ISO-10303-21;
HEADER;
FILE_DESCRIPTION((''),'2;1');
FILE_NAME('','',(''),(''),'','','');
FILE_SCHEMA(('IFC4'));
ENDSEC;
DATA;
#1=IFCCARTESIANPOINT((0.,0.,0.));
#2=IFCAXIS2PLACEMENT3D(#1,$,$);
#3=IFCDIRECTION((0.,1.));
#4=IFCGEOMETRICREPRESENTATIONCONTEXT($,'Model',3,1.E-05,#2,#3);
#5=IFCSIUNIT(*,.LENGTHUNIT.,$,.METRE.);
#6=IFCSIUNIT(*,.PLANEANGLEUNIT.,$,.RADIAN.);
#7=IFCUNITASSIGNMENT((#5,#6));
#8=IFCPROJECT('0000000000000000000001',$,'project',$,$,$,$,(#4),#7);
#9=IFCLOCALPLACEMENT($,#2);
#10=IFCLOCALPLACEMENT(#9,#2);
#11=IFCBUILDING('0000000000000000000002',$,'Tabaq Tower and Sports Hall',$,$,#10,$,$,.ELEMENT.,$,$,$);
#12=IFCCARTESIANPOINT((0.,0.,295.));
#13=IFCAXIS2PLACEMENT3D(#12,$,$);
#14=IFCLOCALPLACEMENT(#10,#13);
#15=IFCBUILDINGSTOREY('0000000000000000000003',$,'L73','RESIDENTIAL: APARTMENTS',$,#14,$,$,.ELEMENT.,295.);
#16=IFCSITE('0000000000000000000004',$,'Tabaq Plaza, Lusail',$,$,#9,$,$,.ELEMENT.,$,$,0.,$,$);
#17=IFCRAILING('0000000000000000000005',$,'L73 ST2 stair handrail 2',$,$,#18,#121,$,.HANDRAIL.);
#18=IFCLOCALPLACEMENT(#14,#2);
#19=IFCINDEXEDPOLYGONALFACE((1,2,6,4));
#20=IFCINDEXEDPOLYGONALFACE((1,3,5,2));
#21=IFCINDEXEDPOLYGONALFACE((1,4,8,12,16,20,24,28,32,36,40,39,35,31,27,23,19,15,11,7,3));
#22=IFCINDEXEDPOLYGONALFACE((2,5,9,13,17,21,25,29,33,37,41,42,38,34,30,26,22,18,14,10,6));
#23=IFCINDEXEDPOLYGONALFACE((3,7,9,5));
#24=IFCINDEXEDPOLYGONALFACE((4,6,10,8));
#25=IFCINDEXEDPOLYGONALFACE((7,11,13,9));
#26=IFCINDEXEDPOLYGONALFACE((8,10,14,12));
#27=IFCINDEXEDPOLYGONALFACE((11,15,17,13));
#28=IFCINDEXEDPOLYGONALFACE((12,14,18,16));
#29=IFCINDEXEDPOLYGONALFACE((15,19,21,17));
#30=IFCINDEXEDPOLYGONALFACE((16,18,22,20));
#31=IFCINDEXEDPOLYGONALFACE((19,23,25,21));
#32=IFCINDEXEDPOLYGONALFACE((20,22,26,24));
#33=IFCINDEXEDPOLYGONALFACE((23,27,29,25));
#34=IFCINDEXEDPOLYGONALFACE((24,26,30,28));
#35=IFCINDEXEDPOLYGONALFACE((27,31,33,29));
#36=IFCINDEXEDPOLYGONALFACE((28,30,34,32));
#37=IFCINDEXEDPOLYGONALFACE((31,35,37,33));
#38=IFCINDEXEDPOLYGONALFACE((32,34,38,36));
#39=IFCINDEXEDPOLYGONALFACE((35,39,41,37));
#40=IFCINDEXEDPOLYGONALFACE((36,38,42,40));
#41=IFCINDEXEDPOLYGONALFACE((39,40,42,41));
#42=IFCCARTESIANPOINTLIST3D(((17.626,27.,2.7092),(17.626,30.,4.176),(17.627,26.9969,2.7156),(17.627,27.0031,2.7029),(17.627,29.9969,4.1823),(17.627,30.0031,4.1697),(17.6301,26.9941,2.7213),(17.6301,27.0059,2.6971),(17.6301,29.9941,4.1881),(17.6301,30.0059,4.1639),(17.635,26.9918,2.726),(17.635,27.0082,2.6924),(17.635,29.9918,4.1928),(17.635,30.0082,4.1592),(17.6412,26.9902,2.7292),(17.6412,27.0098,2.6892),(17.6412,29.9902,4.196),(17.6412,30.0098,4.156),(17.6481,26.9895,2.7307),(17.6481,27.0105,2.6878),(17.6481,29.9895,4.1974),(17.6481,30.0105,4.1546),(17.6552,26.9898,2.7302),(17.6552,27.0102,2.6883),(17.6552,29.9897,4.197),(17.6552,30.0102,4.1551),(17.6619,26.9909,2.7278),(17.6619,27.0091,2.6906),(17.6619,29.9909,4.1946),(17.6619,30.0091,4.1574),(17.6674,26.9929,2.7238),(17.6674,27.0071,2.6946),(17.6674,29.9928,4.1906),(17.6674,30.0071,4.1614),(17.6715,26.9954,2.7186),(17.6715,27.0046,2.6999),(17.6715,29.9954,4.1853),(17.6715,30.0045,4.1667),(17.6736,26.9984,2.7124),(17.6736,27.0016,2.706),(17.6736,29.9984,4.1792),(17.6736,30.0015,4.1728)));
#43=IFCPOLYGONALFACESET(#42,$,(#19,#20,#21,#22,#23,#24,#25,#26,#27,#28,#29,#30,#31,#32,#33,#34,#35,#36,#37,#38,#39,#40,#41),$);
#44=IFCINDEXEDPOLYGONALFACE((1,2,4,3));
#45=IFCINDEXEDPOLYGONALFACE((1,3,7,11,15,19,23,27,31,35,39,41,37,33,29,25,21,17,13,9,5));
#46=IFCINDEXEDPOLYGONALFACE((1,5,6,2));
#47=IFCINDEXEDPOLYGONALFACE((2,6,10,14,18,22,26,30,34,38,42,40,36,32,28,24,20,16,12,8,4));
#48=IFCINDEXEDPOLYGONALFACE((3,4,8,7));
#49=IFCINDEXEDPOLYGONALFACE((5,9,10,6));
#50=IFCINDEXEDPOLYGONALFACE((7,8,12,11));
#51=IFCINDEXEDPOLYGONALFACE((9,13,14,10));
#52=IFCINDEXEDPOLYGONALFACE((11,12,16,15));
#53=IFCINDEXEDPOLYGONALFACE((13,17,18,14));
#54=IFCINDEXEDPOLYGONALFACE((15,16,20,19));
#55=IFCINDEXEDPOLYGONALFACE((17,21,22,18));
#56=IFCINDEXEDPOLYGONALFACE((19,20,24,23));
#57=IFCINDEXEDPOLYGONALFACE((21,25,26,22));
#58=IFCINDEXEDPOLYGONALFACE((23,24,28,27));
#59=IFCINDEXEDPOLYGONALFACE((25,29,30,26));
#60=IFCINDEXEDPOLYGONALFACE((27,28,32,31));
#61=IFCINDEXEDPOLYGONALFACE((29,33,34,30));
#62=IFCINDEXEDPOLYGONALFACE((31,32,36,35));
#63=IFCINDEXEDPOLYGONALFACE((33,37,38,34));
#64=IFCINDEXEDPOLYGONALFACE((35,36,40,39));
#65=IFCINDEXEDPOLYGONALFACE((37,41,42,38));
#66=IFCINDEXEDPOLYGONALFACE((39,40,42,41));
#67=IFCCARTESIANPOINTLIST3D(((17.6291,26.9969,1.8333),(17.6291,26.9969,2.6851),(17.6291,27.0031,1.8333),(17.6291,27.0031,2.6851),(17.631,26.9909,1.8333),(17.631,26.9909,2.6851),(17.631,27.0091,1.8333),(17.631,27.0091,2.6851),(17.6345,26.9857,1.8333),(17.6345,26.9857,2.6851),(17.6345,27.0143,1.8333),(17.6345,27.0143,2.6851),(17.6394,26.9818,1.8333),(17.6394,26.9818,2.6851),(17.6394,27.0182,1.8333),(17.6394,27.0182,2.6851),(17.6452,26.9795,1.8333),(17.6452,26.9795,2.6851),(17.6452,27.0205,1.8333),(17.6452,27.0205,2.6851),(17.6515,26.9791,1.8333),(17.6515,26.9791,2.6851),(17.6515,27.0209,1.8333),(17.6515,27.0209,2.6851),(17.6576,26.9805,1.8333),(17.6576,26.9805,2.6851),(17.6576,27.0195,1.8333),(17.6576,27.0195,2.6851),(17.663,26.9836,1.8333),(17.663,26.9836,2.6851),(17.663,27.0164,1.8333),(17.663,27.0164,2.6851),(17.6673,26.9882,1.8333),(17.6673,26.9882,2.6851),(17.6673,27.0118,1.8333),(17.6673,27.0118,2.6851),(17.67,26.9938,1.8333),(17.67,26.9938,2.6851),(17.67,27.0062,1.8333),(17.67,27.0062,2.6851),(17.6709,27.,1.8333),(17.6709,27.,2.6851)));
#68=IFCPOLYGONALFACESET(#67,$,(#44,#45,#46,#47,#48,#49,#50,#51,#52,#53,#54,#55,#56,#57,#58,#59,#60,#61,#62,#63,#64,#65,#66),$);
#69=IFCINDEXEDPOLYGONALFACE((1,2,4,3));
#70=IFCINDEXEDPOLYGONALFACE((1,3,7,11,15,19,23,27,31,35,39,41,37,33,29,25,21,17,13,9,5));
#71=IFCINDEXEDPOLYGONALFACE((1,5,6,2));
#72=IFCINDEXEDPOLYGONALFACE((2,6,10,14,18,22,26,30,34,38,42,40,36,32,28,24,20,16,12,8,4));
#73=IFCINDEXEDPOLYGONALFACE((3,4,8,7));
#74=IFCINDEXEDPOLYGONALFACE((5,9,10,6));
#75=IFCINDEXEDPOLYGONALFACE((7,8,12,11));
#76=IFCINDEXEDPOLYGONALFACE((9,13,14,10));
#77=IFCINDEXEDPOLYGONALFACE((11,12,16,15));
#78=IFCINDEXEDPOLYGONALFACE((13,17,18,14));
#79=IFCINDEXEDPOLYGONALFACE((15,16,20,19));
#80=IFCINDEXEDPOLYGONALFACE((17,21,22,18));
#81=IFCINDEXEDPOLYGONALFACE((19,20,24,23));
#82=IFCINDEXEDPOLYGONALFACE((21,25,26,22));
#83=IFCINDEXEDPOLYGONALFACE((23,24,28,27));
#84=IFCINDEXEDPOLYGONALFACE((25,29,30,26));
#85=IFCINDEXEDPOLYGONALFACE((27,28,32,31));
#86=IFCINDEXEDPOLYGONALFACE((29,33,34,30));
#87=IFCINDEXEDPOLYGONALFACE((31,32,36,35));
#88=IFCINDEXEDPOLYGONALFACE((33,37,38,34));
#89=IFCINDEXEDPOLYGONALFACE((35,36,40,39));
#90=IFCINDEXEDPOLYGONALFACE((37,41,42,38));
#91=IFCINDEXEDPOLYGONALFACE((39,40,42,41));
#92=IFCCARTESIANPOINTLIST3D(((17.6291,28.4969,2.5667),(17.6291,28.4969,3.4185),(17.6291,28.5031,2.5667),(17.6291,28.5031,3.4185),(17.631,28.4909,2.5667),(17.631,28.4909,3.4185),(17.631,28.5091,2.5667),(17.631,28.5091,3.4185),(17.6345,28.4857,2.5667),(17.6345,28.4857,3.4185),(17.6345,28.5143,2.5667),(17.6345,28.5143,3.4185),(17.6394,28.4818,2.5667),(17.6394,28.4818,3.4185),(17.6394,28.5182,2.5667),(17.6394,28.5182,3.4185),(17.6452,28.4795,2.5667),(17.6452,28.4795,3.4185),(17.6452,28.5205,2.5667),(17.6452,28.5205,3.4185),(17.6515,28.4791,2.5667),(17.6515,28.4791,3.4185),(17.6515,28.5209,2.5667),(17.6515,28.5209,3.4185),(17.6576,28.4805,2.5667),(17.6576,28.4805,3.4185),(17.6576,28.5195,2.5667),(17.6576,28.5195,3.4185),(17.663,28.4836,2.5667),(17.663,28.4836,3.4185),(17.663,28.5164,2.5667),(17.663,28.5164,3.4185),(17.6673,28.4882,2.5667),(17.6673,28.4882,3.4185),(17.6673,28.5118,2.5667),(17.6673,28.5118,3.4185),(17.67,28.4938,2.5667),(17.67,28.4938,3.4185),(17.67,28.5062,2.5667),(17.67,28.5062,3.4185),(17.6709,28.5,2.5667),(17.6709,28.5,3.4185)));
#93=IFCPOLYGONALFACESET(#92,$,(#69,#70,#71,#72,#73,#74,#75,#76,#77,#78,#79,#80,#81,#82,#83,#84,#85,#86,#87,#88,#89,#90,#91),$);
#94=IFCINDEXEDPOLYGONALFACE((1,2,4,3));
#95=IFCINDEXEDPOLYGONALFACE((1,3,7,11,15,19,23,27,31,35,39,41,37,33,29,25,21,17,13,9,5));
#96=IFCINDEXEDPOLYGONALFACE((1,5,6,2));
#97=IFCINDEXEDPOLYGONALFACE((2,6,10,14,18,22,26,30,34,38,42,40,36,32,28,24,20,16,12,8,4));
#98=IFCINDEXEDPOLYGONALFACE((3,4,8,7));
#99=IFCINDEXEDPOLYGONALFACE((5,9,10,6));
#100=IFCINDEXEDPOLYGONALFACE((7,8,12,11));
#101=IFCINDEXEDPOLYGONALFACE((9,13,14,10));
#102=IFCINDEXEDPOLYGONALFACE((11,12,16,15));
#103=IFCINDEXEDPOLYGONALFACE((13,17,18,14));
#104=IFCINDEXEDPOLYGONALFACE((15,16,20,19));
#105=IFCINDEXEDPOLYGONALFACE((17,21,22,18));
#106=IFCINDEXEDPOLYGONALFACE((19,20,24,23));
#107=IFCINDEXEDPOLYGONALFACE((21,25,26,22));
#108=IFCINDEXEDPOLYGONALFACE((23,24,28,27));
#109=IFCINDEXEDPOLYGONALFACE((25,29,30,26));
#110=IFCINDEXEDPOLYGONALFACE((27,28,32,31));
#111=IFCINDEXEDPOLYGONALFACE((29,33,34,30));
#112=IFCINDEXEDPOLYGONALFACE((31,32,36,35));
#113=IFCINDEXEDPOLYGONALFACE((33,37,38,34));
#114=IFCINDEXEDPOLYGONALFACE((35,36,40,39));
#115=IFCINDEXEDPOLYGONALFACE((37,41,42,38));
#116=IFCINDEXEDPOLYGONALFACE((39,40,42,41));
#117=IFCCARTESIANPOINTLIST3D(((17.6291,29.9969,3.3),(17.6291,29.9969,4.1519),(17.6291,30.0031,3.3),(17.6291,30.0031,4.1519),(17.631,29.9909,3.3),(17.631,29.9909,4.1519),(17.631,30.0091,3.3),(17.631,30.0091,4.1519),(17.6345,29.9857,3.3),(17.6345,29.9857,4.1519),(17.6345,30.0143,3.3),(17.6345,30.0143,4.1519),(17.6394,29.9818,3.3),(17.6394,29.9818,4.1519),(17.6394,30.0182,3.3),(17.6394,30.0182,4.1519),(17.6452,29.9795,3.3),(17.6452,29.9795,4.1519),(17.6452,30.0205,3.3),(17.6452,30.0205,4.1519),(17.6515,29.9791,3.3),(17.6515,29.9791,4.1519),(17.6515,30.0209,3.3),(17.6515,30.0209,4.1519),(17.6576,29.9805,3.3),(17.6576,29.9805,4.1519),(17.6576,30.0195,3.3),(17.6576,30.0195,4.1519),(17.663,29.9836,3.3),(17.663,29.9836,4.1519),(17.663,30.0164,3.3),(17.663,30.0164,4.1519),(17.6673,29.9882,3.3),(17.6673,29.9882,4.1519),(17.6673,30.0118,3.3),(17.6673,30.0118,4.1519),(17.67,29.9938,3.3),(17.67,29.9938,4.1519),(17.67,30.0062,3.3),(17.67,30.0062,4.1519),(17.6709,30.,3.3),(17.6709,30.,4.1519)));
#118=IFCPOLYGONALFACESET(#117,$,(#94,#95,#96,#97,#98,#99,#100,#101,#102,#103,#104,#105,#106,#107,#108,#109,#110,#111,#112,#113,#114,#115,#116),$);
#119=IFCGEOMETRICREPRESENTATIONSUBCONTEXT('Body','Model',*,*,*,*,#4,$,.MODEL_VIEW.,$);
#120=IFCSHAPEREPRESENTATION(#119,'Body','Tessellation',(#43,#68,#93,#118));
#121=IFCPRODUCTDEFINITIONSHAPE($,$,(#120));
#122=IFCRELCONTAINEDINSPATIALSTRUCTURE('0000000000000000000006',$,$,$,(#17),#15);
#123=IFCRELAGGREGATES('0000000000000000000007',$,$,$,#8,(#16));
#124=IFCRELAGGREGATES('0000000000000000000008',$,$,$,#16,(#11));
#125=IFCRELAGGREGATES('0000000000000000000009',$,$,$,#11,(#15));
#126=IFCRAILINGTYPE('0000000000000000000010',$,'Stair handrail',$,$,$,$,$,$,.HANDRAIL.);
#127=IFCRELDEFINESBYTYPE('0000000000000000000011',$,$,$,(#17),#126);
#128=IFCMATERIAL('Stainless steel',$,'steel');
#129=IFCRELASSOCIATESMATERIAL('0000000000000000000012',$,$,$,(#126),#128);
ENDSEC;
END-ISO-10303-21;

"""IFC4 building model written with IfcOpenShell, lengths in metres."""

from ifc_helpers import new_model, si_unit, direction, frame, origin, origin_2d, place, context, subcontext, project, spatial, circle, extrude, material, type_object, element, save


model = new_model("IFC4")

# Units and contexts
model_context = context("Model", 3, precision=1e-05, world=origin(), true_north=direction((0.0, 1.0)))
body_context = subcontext(model_context, "Body", "Model", "MODEL_VIEW")
ifc_project = project(units=[si_unit("LENGTHUNIT", "METRE"), si_unit("PLANEANGLEUNIT", "RADIAN")], contexts=[model_context])

# Site, building, storey
site_placement = place(None, origin())
site = spatial("IfcSite", under=ifc_project, at=site_placement, Name="Tabaq Plaza, Lusail", CompositionType="ELEMENT", RefElevation=0.0)
building_placement = place(site_placement, origin())
building = spatial("IfcBuilding", under=site, at=building_placement, Name="Tabaq Tower and Sports Hall", CompositionType="ELEMENT")
storey_placement = place(building_placement, frame((0.0, 0.0, 295.0)))
storey = spatial("IfcBuildingStorey", under=building, at=storey_placement, Name="L73", Description="RESIDENTIAL: APARTMENTS", CompositionType="ELEMENT", Elevation=295.0)

# Railing
ifc_material_1 = material(Name="Stainless steel", Category="steel")
railing_type = type_object("IfcRailingType", Name="Stair handrail", PredefinedType="HANDRAIL", material=ifc_material_1)
railing_placement = place(storey_placement, frame((17.6499, 27.0, 1.8333)))
element("IfcRailing", 1, at=railing_placement, inside=storey, type_object=railing_type, Name="L73 ST2 stair handrail 2", PredefinedType="HANDRAIL", context=body_context, shape_type="SweptSolid", body=[
    extrude(circle(Radius=0.0239, at=origin_2d()), frame((0.0, 0.0, 0.876), z_axis=(0.0, 0.898369, 0.439242), x_axis=(-1.0, 0.0, 0.0)), (0.0, 0.0, 1.0), 3.3394),
    extrude(circle(Radius=0.021, at=origin_2d()), origin(), (0.0, 0.0, 1.0), 0.8518),
    extrude(circle(Radius=0.021, at=origin_2d()), frame((0.0, 1.5, 0.7334)), (0.0, 0.0, 1.0), 0.8518),
    extrude(circle(Radius=0.021, at=origin_2d()), frame((0.0, 3.0, 1.4668)), (0.0, 0.0, 1.0), 0.8518),
])

save(model, "model.ifc")
